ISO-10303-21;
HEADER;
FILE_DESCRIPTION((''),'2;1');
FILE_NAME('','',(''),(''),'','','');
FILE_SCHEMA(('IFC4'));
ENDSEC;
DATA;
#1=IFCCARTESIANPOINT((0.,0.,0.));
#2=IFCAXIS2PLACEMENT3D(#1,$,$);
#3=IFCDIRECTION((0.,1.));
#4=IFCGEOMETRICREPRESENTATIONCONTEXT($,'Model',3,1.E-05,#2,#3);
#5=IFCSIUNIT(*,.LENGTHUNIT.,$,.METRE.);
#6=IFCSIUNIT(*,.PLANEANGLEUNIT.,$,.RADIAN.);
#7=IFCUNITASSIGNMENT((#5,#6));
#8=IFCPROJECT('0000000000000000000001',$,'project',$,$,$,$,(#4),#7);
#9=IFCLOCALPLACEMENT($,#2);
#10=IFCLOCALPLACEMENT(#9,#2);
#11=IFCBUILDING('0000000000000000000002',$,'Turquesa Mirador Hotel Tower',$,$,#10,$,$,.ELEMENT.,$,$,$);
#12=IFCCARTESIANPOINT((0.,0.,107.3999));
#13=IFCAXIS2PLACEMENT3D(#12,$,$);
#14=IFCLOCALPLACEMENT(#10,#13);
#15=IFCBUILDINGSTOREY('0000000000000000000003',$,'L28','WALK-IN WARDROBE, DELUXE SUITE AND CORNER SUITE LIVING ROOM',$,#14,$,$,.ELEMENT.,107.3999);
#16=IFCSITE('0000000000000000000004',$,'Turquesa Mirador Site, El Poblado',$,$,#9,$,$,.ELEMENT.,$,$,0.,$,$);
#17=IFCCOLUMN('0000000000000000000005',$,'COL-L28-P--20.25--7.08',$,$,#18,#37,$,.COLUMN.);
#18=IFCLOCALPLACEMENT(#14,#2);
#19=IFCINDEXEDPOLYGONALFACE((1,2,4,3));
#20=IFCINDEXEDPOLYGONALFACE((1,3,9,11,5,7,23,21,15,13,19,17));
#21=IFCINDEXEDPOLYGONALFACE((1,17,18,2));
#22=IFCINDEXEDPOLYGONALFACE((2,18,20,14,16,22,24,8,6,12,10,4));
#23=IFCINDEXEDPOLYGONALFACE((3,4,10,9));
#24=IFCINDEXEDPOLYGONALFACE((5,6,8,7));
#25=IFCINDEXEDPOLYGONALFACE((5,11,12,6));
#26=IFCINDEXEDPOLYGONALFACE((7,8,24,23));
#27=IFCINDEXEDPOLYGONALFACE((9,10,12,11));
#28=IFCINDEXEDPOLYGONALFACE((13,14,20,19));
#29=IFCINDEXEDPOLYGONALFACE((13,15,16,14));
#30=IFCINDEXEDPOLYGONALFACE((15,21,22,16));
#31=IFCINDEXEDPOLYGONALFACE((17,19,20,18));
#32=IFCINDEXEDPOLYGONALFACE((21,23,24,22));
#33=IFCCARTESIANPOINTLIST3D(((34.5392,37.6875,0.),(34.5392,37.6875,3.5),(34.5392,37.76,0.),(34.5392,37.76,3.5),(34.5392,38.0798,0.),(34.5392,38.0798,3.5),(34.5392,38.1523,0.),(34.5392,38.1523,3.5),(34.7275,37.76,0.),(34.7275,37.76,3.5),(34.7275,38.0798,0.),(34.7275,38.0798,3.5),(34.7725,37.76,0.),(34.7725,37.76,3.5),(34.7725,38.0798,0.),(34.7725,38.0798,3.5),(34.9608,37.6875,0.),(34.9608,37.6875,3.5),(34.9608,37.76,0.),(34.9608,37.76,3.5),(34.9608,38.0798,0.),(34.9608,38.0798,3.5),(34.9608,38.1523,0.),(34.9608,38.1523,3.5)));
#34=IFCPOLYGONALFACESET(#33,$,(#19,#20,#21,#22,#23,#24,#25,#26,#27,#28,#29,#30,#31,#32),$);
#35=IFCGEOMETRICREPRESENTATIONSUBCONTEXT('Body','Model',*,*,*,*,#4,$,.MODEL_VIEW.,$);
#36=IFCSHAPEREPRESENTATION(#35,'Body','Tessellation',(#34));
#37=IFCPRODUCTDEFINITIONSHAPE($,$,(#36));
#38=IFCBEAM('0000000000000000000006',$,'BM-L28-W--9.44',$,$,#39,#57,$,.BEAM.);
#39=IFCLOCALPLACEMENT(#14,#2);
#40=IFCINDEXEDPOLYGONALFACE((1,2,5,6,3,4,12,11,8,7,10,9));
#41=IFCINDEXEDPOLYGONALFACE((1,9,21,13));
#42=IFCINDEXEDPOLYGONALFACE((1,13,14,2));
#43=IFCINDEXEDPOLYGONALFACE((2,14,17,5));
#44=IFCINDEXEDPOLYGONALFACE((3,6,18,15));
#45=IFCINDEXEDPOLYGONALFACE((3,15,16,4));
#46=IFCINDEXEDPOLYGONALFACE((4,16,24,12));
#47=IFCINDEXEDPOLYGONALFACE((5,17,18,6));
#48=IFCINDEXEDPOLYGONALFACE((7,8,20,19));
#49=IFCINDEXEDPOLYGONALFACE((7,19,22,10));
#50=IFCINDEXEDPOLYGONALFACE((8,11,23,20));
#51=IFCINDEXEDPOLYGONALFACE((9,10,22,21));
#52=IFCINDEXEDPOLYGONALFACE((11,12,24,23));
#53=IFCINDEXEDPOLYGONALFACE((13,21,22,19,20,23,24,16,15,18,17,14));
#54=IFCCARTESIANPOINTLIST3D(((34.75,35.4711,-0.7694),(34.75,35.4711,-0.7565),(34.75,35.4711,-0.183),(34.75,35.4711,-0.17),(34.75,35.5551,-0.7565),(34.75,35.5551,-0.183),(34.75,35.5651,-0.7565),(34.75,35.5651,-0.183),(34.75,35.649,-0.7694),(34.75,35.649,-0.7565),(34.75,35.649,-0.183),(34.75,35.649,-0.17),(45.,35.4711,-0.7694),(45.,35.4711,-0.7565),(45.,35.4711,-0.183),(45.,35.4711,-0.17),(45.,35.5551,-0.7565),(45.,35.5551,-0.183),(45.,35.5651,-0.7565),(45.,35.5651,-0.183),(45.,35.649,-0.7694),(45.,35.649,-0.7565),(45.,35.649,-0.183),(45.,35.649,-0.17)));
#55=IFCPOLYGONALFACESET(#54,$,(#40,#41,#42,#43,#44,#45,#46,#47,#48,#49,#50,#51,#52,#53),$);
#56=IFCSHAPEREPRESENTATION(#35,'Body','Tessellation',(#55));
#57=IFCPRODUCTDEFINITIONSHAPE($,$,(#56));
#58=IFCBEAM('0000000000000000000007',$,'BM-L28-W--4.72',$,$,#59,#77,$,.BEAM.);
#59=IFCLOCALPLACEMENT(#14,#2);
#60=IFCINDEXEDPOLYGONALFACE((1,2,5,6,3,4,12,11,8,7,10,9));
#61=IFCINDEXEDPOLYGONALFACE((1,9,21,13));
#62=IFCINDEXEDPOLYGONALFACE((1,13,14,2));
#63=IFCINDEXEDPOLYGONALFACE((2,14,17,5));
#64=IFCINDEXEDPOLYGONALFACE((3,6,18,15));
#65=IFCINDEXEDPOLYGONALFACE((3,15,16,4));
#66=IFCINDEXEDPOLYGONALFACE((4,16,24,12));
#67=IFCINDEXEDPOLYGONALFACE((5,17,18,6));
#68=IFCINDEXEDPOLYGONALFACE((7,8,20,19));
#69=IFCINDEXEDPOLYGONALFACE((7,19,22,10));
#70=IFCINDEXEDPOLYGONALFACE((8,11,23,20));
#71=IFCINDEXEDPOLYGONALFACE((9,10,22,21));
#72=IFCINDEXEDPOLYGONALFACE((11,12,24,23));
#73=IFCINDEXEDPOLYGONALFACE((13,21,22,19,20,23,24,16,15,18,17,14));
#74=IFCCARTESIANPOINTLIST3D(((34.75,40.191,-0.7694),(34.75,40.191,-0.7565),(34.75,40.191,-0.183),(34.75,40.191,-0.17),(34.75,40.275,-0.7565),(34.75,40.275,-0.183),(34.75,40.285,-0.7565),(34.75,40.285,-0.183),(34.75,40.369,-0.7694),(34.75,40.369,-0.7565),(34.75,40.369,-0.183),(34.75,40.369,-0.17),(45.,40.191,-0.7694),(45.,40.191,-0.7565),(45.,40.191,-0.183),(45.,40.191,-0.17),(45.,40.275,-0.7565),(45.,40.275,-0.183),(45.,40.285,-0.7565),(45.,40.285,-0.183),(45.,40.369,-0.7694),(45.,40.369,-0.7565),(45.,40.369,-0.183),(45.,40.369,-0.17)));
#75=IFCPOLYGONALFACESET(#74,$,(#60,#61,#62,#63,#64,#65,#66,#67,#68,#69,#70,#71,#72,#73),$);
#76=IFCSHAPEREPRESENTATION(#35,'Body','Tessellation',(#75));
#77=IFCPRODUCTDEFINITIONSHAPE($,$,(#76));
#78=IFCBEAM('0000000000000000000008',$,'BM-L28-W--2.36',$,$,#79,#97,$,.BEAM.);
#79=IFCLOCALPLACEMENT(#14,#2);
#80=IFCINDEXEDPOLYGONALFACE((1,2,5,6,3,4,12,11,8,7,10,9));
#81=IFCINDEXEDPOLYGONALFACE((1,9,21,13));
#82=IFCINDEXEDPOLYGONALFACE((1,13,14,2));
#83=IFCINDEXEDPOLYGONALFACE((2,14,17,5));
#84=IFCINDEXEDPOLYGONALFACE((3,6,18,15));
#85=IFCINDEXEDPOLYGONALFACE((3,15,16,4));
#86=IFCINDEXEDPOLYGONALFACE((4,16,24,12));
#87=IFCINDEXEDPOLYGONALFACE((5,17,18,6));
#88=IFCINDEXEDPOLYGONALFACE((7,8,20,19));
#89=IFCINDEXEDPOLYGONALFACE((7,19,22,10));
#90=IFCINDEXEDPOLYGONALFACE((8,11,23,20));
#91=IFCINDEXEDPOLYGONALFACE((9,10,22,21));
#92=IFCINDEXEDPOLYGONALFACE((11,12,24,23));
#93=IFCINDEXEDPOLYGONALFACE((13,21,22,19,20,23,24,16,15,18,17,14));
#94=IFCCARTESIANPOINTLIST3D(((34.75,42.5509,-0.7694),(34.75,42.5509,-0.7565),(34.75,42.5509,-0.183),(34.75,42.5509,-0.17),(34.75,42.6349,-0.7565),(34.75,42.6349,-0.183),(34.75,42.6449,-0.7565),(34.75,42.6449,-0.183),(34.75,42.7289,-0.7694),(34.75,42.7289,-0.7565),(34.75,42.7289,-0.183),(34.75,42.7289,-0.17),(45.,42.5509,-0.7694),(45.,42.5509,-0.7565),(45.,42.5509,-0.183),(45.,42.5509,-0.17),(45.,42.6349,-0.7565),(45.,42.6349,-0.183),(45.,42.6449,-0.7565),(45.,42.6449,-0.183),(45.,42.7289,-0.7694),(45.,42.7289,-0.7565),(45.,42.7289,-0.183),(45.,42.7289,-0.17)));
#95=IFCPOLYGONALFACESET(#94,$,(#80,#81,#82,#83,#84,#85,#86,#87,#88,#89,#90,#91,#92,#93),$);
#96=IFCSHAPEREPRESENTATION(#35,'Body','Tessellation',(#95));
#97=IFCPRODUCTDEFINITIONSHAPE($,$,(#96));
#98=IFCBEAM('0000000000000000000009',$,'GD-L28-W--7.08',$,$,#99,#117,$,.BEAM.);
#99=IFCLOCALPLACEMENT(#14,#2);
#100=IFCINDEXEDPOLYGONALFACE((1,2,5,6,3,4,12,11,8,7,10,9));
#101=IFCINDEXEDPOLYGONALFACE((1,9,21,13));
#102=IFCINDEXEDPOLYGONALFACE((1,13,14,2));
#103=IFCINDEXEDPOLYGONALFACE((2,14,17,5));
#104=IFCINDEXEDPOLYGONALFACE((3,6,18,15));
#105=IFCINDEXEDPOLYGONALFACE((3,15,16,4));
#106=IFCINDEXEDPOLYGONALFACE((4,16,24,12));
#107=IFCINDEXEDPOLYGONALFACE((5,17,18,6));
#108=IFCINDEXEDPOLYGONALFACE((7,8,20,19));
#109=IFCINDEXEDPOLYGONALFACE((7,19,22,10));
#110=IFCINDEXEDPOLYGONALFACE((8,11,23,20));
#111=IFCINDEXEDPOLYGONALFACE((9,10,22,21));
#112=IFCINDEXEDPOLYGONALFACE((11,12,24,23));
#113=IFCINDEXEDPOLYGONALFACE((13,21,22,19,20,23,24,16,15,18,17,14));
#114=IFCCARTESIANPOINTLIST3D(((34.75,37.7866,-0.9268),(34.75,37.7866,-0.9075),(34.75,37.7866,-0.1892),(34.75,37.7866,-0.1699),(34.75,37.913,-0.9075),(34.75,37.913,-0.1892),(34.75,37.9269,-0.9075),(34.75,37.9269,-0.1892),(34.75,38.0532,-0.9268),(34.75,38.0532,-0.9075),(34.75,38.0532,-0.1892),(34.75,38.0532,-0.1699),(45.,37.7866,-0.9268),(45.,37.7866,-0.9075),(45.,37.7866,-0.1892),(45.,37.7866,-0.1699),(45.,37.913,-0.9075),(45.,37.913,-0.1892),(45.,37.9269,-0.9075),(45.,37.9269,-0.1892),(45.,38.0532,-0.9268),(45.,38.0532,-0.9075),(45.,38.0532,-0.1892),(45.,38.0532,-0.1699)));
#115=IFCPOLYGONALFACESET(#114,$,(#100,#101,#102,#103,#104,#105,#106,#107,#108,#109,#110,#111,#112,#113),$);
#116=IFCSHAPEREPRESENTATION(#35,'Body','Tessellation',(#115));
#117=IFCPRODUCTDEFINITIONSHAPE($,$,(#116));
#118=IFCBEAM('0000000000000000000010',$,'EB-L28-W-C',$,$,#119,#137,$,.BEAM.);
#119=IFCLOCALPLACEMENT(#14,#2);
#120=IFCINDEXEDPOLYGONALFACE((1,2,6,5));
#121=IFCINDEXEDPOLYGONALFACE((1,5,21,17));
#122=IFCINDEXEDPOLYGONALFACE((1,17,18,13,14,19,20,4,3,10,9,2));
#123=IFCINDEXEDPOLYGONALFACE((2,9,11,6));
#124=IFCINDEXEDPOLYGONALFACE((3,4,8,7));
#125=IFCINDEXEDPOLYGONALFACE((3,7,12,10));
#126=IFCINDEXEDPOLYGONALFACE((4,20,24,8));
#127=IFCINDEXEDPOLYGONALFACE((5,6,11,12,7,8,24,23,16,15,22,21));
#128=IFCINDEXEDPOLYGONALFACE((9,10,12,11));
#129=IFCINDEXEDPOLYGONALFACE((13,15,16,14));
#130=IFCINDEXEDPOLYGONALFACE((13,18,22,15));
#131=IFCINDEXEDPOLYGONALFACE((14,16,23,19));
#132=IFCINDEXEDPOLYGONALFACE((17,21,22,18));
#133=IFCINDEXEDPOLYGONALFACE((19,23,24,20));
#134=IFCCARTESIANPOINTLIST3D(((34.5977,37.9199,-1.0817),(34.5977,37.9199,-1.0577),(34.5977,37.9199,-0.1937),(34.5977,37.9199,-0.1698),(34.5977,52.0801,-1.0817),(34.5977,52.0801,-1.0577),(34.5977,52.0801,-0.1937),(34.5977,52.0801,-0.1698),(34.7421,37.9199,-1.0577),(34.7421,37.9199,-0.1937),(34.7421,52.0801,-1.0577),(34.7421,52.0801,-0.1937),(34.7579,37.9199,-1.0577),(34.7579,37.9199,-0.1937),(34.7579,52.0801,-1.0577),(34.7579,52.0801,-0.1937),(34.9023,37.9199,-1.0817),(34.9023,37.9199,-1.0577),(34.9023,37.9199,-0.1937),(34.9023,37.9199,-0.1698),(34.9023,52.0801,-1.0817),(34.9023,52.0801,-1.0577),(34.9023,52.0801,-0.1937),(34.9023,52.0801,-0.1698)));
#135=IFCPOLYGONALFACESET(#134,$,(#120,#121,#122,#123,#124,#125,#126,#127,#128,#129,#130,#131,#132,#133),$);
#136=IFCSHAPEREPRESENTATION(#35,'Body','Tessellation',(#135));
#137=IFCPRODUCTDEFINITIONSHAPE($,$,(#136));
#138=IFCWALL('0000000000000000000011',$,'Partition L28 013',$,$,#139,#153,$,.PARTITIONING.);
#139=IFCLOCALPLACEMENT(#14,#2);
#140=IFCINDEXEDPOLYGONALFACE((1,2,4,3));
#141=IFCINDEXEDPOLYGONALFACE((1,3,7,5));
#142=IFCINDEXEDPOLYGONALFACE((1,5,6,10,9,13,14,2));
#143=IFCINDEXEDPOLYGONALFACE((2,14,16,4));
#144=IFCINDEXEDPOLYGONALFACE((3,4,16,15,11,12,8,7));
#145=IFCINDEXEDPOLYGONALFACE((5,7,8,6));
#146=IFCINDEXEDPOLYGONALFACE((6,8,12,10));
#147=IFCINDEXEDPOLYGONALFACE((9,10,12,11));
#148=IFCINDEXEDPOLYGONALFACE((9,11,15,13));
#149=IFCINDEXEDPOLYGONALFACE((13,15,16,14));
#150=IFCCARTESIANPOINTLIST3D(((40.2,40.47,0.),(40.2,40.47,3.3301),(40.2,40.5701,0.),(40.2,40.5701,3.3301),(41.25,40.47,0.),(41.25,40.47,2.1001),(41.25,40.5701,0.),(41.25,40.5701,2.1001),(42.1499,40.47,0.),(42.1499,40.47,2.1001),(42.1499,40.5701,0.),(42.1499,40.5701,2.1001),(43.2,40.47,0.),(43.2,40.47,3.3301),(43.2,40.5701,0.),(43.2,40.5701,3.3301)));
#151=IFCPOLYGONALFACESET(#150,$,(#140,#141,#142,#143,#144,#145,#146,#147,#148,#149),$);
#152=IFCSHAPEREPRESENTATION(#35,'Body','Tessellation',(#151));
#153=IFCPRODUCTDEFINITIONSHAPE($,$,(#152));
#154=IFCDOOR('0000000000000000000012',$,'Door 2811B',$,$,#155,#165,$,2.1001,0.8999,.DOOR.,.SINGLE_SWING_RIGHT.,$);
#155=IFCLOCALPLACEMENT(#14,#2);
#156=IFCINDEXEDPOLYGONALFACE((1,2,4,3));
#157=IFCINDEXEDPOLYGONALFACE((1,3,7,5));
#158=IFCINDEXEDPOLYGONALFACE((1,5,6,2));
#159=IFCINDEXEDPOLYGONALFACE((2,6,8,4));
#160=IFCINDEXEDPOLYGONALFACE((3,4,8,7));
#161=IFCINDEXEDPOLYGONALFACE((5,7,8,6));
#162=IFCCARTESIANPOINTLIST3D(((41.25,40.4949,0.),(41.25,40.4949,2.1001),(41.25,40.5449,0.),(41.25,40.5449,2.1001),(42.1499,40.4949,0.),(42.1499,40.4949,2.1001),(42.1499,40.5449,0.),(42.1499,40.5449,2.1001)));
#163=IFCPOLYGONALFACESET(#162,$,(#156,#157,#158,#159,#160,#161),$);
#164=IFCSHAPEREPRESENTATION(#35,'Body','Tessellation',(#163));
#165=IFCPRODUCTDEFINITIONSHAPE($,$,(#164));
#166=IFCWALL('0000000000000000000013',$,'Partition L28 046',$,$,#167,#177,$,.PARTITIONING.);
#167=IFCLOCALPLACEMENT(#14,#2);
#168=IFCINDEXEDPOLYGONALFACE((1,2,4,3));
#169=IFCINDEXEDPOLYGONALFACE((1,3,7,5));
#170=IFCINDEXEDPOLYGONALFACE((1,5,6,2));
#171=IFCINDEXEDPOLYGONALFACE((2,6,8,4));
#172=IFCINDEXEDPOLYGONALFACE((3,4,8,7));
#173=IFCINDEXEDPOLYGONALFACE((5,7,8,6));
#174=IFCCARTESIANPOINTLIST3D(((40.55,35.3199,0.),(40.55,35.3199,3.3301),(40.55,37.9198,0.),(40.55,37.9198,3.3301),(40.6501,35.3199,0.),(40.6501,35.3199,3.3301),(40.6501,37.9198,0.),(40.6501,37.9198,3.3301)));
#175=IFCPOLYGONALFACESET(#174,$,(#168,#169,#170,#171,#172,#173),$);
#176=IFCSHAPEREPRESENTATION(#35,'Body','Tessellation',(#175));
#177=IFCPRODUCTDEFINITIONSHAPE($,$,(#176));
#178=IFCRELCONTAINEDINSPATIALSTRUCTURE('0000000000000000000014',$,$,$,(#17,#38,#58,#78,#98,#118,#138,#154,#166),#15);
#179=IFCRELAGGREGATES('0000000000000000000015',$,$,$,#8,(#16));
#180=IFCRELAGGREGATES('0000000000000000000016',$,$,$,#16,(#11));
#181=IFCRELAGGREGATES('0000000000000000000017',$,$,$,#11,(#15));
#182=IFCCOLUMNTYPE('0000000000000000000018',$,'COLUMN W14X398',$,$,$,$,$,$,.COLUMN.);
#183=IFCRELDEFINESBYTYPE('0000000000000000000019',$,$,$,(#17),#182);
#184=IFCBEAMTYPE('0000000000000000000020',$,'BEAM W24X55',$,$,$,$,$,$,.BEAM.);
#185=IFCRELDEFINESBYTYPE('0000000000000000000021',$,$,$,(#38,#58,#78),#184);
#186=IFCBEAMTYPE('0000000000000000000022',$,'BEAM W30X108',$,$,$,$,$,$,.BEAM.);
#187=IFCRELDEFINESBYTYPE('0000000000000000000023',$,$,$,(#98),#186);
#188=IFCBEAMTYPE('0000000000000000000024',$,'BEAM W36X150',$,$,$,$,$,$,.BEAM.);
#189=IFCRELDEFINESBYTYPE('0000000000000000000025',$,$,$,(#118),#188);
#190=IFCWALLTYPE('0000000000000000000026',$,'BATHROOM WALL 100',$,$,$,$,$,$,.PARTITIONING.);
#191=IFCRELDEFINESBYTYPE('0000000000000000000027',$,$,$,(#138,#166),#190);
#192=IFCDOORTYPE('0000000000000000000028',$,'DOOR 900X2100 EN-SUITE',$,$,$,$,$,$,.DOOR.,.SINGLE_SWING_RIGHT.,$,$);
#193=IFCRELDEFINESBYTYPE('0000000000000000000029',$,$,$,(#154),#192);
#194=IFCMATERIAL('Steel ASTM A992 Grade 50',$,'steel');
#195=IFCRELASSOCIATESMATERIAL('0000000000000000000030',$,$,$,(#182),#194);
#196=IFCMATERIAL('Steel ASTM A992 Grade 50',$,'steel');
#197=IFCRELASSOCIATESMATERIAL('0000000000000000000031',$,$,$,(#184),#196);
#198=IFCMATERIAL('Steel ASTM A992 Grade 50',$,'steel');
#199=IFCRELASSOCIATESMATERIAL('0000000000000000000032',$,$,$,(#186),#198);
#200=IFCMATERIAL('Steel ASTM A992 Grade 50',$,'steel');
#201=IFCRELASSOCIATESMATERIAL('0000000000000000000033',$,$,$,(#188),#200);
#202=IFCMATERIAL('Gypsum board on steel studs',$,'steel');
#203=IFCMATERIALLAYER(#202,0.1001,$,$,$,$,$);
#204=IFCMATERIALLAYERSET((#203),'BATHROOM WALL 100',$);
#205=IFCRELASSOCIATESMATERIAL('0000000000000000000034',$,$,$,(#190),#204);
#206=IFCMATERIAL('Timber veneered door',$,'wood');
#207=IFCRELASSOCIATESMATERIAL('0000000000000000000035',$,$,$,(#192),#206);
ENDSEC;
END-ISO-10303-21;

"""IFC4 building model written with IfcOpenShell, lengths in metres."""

from ifc_helpers import new_model, si_unit, direction, frame, frame_2d, origin, origin_2d, place, context, subcontext, project, spatial, rectangle, i_section, extrude, material, layer, layer_set, material_profile, profile_set, type_object, element, fill, save


model = new_model("IFC4")

# Units and contexts
model_context = context("Model", 3, precision=1e-05, world=origin(), true_north=direction((0.0, 1.0)))
body_context = subcontext(model_context, "Body", "Model", "MODEL_VIEW")
ifc_project = project(units=[si_unit("LENGTHUNIT", "METRE"), si_unit("PLANEANGLEUNIT", "RADIAN")], contexts=[model_context])

# Site, building, storey
site_placement = place(None, origin())
site = spatial("IfcSite", under=ifc_project, at=site_placement, Name="Turquesa Mirador Site, El Poblado", CompositionType="ELEMENT", RefElevation=0.0)
building_placement = place(site_placement, origin())
building = spatial("IfcBuilding", under=site, at=building_placement, Name="Turquesa Mirador Hotel Tower", CompositionType="ELEMENT")
storey_placement = place(building_placement, frame((0.0, 0.0, 107.3999)))
storey = spatial("IfcBuildingStorey", under=building, at=storey_placement, Name="L28", Description="WALK-IN WARDROBE, DELUXE SUITE AND CORNER SUITE LIVING ROOM", CompositionType="ELEMENT", Elevation=107.3999)

# Column
ifc_material_1 = material(Name="Steel ASTM A992 Grade 50", Category="steel")
ifc_material_profile_1 = material_profile(ifc_material_1, i_section(OverallWidth=0.4216, OverallDepth=0.4648, WebThickness=0.0449, FlangeThickness=0.0725, at=origin_2d()), Name="W14X398")
ifc_profile_set_1 = profile_set([ifc_material_profile_1], Name="Steel ASTM A992 Grade 50")
column_type = type_object("IfcColumnType", Name="COLUMN W14X398", PredefinedType="COLUMN", material=ifc_profile_set_1)
column_placement = place(storey_placement, frame((34.75, 37.9199, 0.0), z_axis=(0.0, 0.0, 1.0), x_axis=(1.0, 0.0, 0.0)))
element("IfcColumn", 1, at=column_placement, inside=storey, type_object=column_type, Name="COL-L28-P--20.25--7.08", PredefinedType="COLUMN", context=body_context, shape_type="SweptSolid", body=[
    extrude(i_section(OverallWidth=0.4216, OverallDepth=0.4648, WebThickness=0.0449, FlangeThickness=0.0725, at=origin_2d()), origin(), (0.0, 0.0, 1.0), 3.5),
])

# Beams
ifc_material_2 = material(Name="Steel ASTM A992 Grade 50", Category="steel")
ifc_material_profile_2 = material_profile(ifc_material_2, i_section(OverallWidth=0.178, OverallDepth=0.5994, WebThickness=0.01, FlangeThickness=0.0129, at=origin_2d()), Name="W24X55")
ifc_profile_set_2 = profile_set([ifc_material_profile_2], Name="Steel ASTM A992 Grade 50")
beam_type_1 = type_object("IfcBeamType", Name="BEAM W24X55", PredefinedType="BEAM", material=ifc_profile_set_2)
for number, where, z_axis, x_axis, name in (
    (2, (34.75, 35.5601, -0.4697), (1.0, 0.0, 0.0), (0.0, 1.0, 0.0), "BM-L28-W--9.44"),
    (3, (34.75, 40.28, -0.4697), (1.0, 0.0, 0.0), (0.0, 1.0, 0.0), "BM-L28-W--4.72"),
    (4, (34.75, 42.6399, -0.4697), (1.0, 0.0, 0.0), (0.0, 1.0, 0.0), "BM-L28-W--2.36"),
):
    element("IfcBeam", number, at=place(storey_placement, frame(where, z_axis=z_axis, x_axis=x_axis)), inside=storey, type_object=beam_type_1, Name=name, PredefinedType="BEAM", context=body_context, shape_type="SweptSolid", body=[
        extrude(i_section(OverallWidth=0.178, OverallDepth=0.5994, WebThickness=0.01, FlangeThickness=0.0129, at=origin_2d()), origin(), (0.0, 0.0, 1.0), 10.25),
    ])
ifc_material_3 = material(Name="Steel ASTM A992 Grade 50", Category="steel")
ifc_material_profile_3 = material_profile(ifc_material_3, i_section(OverallWidth=0.2666, OverallDepth=0.7568, WebThickness=0.0139, FlangeThickness=0.0193, at=origin_2d()), Name="W30X108")
ifc_profile_set_3 = profile_set([ifc_material_profile_3], Name="Steel ASTM A992 Grade 50")
beam_type_2 = type_object("IfcBeamType", Name="BEAM W30X108", PredefinedType="BEAM", material=ifc_profile_set_3)
beam_1_placement = place(storey_placement, frame((34.75, 37.9199, -0.5483), z_axis=(1.0, 0.0, 0.0), x_axis=(0.0, 1.0, 0.0)))
element("IfcBeam", 5, at=beam_1_placement, inside=storey, type_object=beam_type_2, Name="GD-L28-W--7.08", PredefinedType="BEAM", context=body_context, shape_type="SweptSolid", body=[
    extrude(i_section(OverallWidth=0.2666, OverallDepth=0.7568, WebThickness=0.0139, FlangeThickness=0.0193, at=origin_2d()), origin(), (0.0, 0.0, 1.0), 10.25),
])
ifc_material_4 = material(Name="Steel ASTM A992 Grade 50", Category="steel")
ifc_material_profile_4 = material_profile(ifc_material_4, i_section(OverallWidth=0.3047, OverallDepth=0.9119, WebThickness=0.0159, FlangeThickness=0.0239, at=origin_2d()), Name="W36X150")
ifc_profile_set_4 = profile_set([ifc_material_profile_4], Name="Steel ASTM A992 Grade 50")
beam_type_3 = type_object("IfcBeamType", Name="BEAM W36X150", PredefinedType="BEAM", material=ifc_profile_set_4)
beam_2_placement = place(storey_placement, frame((34.75, 37.9199, -0.6257), z_axis=(0.0, 1.0, 0.0), x_axis=(-1.0, 0.0, 0.0)))
element("IfcBeam", 6, at=beam_2_placement, inside=storey, type_object=beam_type_3, Name="EB-L28-W-C", PredefinedType="BEAM", context=body_context, shape_type="SweptSolid", body=[
    extrude(i_section(OverallWidth=0.3047, OverallDepth=0.9119, WebThickness=0.0159, FlangeThickness=0.0239, at=origin_2d()), origin(), (0.0, 0.0, 1.0), 14.1602),
])

# Wall, opening, door
ifc_material_5 = material(Name="Gypsum board on steel studs", Category="steel")
ifc_layer = layer(ifc_material_5, 0.1001)
ifc_layer_set = layer_set([ifc_layer], Name="BATHROOM WALL 100")
wall_type = type_object("IfcWallType", Name="BATHROOM WALL 100", PredefinedType="PARTITIONING", material=ifc_layer_set)
wall_1_placement = place(storey_placement, frame((40.2, 40.52, 0.0), z_axis=(0.0, 0.0, 1.0), x_axis=(1.0, 0.0, 0.0)))
wall_1 = element("IfcWall", 7, at=wall_1_placement, inside=storey, type_object=wall_type, Name="Partition L28 013", PredefinedType="PARTITIONING", context=body_context, shape_type="SweptSolid", body=[
    extrude(rectangle(XDim=3.0, YDim=0.1001, at=frame_2d((1.5, 0.0))), origin(), (0.0, 0.0, 1.0), 3.3301),
])
opening_placement = place(wall_1_placement, frame((1.05, 0.0, 0.0)))
opening = element("IfcOpeningElement", 8, at=opening_placement, cuts=wall_1, PredefinedType="OPENING", context=body_context, shape_type="SweptSolid", body=[
    extrude(rectangle(XDim=0.8999, YDim=2.1001, at=frame_2d((0.45, 1.05))), frame((0.0, 0.0601, 0.0), z_axis=(0.0, -1.0, 0.0), x_axis=(1.0, 0.0, 0.0)), (0.0, 0.0, 1.0), 0.1201),
])
ifc_material_6 = material(Name="Timber veneered door", Category="wood")
door_type = type_object("IfcDoorType", Name="DOOR 900X2100 EN-SUITE", OperationType="SINGLE_SWING_RIGHT", PredefinedType="DOOR", material=ifc_material_6)
door_placement = place(opening_placement, origin())
door = element("IfcDoor", 9, at=door_placement, inside=storey, type_object=door_type, Name="Door 2811B", OperationType="SINGLE_SWING_RIGHT", OverallHeight=2.1001, OverallWidth=0.8999, PredefinedType="DOOR", context=body_context, shape_type="SweptSolid", body=[
    extrude(rectangle(XDim=0.8999, YDim=2.1001, at=frame_2d((0.45, 1.05))), frame((0.0, 0.0249, 0.0), z_axis=(0.0, -1.0, 0.0), x_axis=(1.0, 0.0, 0.0)), (0.0, 0.0, 1.0), 0.05),
])
fill(opening, door)

# Wall
wall_2_placement = place(storey_placement, frame((40.6001, 35.3201, 0.0), z_axis=(0.0, 0.0, 1.0), x_axis=(0.0, 1.0, 0.0)))
element("IfcWall", 10, at=wall_2_placement, inside=storey, type_object=wall_type, Name="Partition L28 046", PredefinedType="PARTITIONING", context=body_context, shape_type="SweptSolid", body=[
    extrude(rectangle(XDim=2.5999, YDim=0.1001, at=frame_2d((1.2998, 0.0))), origin(), (0.0, 0.0, 1.0), 3.3301),
])

save(model, "model.ifc")
